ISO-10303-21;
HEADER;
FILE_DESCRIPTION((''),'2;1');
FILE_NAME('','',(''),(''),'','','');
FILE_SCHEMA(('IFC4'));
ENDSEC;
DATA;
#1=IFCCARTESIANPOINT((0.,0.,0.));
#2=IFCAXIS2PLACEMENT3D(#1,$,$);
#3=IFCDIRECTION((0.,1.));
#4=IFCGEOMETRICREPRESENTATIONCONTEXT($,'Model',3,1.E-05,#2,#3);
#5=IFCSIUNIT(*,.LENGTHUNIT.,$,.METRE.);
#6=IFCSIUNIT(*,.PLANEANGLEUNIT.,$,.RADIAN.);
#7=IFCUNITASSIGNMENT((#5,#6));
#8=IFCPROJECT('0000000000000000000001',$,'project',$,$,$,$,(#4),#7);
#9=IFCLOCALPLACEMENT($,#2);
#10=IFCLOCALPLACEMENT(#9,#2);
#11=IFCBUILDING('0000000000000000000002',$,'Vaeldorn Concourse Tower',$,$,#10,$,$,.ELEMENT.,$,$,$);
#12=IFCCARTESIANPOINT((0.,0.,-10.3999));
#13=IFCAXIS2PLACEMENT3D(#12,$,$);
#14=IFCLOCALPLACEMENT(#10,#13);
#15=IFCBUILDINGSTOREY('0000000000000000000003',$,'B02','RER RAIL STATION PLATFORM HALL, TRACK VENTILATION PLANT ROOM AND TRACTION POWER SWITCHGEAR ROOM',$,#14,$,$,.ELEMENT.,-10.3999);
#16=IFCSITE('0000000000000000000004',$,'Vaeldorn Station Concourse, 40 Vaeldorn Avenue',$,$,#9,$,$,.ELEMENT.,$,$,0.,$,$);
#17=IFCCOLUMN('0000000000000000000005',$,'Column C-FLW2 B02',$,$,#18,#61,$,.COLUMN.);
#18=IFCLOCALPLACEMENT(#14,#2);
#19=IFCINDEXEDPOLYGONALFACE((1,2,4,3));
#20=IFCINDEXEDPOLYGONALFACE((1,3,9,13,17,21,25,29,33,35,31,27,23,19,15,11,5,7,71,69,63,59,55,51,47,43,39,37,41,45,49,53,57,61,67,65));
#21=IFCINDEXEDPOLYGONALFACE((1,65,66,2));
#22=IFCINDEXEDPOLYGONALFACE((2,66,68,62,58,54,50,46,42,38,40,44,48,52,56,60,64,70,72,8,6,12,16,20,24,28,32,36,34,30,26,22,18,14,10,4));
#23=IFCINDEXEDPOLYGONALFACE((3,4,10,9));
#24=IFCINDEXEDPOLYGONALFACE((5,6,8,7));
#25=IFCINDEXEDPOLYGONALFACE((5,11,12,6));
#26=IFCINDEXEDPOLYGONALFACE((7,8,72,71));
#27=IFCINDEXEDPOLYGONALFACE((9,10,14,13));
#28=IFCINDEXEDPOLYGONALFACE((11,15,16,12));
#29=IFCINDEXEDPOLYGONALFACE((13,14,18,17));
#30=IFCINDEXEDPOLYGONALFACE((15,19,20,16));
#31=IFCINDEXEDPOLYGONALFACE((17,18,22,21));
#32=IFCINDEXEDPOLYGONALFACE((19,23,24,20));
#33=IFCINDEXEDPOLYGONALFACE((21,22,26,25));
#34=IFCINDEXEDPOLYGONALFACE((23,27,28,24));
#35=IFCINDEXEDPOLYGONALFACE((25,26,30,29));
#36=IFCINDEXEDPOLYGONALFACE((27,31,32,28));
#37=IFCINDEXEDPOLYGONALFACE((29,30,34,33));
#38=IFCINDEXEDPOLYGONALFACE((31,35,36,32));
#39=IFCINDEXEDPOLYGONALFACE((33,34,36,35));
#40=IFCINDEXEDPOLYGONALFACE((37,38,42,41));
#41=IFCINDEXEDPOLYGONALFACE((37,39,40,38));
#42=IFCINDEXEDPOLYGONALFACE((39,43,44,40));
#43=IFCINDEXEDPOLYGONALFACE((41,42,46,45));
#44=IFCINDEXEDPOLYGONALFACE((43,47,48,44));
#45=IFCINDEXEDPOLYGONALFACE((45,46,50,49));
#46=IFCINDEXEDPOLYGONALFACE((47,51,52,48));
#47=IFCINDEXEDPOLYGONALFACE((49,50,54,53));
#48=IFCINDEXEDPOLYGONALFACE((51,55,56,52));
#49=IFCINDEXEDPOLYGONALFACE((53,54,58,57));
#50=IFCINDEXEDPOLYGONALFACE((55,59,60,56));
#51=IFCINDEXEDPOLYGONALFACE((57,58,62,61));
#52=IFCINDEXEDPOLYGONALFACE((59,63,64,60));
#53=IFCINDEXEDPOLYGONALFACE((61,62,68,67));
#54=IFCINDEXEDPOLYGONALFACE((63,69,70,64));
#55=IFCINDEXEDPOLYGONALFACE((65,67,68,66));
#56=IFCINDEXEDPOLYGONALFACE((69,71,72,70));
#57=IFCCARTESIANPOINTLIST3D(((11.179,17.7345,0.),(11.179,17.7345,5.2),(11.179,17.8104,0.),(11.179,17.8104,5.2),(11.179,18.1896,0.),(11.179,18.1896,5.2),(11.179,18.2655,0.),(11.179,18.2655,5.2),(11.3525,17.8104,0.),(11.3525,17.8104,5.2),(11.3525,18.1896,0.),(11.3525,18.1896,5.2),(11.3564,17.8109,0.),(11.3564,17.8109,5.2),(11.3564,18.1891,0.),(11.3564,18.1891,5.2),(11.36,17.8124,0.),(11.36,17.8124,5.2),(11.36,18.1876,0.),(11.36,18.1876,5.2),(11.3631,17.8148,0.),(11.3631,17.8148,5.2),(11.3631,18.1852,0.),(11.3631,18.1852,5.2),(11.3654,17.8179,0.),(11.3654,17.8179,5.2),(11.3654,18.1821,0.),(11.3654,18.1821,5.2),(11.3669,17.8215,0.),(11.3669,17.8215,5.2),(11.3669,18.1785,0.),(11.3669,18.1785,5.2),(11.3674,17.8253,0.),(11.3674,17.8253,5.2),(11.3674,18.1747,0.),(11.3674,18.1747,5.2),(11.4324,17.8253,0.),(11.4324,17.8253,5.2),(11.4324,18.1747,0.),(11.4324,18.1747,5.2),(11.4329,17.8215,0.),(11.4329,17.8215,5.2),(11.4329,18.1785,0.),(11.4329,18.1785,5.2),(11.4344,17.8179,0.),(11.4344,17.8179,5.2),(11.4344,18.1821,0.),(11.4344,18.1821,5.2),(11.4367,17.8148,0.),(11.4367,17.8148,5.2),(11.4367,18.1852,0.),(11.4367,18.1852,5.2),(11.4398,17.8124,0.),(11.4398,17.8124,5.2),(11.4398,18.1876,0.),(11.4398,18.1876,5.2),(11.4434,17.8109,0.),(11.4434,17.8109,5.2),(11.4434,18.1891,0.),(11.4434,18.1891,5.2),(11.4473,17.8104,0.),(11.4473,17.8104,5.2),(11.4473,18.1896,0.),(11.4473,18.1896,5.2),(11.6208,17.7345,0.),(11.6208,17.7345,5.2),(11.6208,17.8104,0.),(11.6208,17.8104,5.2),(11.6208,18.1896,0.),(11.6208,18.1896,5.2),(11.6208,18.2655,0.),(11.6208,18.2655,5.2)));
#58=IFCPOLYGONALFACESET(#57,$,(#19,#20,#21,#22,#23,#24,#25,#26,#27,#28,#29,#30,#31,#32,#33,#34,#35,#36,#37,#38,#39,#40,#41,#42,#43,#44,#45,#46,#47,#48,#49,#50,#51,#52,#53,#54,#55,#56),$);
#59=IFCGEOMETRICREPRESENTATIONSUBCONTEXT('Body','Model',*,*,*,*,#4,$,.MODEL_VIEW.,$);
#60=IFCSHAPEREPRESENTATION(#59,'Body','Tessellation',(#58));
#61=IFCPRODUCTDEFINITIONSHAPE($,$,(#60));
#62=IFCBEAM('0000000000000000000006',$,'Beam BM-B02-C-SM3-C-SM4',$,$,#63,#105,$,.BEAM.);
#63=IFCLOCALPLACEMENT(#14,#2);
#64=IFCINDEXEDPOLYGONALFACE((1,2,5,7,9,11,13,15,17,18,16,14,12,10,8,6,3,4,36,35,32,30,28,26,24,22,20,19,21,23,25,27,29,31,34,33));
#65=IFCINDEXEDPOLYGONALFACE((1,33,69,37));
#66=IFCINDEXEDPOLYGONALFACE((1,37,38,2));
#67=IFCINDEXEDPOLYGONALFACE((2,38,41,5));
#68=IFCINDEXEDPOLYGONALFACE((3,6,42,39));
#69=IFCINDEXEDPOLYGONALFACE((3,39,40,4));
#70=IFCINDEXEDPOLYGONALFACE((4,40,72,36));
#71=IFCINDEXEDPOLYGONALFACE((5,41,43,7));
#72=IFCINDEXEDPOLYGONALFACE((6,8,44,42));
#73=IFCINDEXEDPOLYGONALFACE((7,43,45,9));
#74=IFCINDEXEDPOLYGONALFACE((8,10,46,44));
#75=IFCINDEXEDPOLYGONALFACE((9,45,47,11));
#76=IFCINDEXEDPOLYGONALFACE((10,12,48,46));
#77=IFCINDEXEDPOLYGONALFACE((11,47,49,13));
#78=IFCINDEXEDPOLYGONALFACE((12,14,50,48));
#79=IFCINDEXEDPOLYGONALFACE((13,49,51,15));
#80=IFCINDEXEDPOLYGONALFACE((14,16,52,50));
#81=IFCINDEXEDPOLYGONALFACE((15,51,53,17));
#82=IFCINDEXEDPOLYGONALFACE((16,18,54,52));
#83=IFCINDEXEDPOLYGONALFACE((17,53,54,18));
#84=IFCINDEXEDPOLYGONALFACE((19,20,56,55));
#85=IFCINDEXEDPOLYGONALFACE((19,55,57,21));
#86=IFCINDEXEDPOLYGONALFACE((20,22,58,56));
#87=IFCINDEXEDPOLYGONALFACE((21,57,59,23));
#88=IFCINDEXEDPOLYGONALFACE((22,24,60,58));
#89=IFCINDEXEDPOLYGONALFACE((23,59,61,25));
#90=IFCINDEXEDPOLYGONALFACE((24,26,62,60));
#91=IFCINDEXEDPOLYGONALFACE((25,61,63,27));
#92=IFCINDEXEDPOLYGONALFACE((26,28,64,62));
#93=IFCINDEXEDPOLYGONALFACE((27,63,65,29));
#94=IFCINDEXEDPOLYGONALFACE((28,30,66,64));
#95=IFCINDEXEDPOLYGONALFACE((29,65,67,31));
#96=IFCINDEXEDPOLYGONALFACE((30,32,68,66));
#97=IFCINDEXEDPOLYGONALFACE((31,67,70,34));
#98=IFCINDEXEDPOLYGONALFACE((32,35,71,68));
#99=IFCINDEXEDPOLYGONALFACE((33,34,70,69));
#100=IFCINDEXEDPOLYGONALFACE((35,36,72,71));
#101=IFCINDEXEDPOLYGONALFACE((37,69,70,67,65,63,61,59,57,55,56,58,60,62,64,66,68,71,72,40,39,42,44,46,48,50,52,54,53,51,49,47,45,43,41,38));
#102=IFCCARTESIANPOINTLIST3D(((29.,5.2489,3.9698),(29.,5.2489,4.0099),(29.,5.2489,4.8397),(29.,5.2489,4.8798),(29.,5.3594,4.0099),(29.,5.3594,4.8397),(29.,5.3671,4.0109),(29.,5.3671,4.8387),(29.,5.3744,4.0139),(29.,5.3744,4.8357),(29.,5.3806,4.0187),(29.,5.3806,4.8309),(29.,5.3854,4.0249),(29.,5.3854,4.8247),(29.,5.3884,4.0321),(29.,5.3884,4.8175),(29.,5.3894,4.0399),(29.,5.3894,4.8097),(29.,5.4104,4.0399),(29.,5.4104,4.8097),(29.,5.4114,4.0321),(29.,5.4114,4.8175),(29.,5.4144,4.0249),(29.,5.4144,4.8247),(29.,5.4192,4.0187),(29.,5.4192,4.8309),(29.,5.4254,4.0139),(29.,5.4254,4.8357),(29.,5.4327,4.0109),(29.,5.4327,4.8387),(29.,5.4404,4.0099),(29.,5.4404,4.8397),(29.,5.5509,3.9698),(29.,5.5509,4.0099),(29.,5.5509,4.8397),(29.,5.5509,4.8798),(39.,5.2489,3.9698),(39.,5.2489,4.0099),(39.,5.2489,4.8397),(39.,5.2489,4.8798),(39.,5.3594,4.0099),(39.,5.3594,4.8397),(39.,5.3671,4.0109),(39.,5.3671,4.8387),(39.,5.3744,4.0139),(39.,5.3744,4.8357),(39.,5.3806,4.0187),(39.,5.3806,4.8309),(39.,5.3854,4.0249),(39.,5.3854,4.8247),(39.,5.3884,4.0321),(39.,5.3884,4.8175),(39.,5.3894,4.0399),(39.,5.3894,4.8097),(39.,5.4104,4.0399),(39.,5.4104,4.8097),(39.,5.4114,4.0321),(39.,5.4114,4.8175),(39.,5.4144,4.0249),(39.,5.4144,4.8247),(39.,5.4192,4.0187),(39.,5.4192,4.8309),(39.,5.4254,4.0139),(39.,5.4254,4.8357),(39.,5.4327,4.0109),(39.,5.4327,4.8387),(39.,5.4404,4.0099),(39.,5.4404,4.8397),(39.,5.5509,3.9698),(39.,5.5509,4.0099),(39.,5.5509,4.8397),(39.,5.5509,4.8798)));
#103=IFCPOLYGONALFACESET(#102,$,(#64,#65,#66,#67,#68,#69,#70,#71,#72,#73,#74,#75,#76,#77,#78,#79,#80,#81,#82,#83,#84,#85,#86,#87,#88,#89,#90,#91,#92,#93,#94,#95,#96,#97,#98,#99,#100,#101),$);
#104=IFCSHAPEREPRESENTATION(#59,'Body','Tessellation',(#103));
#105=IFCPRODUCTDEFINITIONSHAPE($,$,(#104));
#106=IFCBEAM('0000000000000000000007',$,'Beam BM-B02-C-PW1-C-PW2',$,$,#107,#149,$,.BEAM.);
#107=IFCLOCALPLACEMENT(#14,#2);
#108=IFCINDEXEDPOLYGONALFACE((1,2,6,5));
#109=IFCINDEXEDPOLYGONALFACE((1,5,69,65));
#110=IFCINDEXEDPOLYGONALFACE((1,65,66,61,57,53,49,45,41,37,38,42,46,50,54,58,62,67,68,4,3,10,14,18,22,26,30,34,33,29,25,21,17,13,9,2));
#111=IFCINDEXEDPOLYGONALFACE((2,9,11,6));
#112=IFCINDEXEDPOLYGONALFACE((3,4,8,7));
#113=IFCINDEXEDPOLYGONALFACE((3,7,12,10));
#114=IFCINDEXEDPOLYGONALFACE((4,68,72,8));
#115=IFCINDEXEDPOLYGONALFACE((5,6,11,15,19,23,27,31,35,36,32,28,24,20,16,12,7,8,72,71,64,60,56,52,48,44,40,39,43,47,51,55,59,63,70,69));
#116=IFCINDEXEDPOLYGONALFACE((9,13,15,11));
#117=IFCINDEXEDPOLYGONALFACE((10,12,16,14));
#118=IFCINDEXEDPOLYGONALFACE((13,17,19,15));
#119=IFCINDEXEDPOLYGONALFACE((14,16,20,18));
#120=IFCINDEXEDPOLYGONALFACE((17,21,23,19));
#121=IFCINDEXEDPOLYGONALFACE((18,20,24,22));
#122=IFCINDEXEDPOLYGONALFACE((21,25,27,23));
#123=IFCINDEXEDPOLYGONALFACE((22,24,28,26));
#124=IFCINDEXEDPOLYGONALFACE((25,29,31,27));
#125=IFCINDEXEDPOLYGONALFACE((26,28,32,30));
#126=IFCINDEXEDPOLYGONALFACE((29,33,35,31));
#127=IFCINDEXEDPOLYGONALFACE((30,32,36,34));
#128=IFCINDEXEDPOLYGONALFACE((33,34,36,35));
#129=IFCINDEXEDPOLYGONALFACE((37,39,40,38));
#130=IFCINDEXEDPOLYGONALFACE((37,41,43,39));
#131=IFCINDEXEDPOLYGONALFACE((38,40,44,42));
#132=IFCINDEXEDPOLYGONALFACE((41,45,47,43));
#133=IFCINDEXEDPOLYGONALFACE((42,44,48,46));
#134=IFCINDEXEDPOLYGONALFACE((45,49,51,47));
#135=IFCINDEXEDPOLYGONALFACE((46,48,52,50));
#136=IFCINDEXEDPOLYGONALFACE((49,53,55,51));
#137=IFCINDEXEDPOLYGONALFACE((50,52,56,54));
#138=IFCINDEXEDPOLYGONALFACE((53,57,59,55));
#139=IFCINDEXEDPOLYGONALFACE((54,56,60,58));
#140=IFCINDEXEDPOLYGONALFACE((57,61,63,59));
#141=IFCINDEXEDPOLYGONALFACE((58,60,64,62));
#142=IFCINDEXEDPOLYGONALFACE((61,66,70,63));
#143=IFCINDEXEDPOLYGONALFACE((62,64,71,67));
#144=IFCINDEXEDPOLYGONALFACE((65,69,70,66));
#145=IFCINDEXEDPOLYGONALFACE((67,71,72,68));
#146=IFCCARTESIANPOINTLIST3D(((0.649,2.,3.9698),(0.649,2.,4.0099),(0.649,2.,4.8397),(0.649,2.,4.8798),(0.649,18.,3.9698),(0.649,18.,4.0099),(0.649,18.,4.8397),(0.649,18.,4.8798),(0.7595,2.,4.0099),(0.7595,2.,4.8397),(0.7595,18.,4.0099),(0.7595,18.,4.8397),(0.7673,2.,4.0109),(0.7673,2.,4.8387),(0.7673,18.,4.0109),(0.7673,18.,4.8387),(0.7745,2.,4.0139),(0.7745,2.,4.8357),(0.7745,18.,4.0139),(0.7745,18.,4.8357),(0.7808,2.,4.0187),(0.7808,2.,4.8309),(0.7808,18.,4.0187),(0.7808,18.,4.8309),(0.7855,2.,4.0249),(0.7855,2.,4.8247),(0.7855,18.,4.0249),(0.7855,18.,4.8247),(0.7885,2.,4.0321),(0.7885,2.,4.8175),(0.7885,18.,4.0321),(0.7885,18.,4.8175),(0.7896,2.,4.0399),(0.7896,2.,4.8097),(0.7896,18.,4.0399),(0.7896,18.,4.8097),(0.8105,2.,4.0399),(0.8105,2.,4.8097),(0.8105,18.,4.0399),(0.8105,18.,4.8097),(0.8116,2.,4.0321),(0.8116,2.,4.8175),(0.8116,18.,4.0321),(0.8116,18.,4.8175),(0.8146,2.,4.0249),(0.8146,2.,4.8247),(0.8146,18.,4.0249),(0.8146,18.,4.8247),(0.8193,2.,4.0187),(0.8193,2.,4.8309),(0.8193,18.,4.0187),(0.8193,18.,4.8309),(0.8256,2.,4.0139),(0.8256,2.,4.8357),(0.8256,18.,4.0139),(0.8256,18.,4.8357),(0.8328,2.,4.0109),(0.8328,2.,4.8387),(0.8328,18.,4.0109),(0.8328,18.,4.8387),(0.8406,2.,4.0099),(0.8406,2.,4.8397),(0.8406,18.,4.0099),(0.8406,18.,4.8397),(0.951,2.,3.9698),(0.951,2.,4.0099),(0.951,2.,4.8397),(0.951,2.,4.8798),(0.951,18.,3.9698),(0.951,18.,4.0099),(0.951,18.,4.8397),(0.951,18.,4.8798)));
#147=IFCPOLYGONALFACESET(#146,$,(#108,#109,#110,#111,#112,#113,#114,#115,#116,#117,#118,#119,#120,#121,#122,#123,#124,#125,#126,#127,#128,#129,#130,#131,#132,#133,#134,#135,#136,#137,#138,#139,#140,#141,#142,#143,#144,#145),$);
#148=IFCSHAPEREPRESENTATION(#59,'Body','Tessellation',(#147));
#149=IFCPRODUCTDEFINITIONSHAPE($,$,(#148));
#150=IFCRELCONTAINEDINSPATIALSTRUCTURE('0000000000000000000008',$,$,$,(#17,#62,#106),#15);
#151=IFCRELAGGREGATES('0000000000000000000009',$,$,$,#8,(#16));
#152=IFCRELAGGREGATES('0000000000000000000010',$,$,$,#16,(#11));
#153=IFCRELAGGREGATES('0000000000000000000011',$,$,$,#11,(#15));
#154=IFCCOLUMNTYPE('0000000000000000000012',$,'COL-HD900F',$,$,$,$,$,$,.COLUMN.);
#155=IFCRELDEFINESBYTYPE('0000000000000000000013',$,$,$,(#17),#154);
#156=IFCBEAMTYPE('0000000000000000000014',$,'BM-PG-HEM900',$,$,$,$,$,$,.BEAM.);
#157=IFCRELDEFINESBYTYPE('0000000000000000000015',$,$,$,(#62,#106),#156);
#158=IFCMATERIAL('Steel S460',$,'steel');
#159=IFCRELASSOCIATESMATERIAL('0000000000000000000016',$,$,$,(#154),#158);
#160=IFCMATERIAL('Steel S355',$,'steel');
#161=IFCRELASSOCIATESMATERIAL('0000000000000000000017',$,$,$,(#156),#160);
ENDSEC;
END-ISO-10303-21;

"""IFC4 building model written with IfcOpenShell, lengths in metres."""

from ifc_helpers import new_model, si_unit, direction, frame, origin, origin_2d, place, context, subcontext, project, spatial, i_section, extrude, source, transform, mapped, material, material_profile, profile_set, type_object, element, save


model = new_model("IFC4")

# Units and contexts
model_context = context("Model", 3, precision=1e-05, world=origin(), true_north=direction((0.0, 1.0)))
body_context = subcontext(model_context, "Body", "Model", "MODEL_VIEW")
ifc_project = project(units=[si_unit("LENGTHUNIT", "METRE"), si_unit("PLANEANGLEUNIT", "RADIAN")], contexts=[model_context])

# Site, building, storey
site_placement = place(None, origin())
site = spatial("IfcSite", under=ifc_project, at=site_placement, Name="Vaeldorn Station Concourse, 40 Vaeldorn Avenue", CompositionType="ELEMENT", RefElevation=0.0)
building_placement = place(site_placement, origin())
building = spatial("IfcBuilding", under=site, at=building_placement, Name="Vaeldorn Concourse Tower", CompositionType="ELEMENT")
storey_placement = place(building_placement, frame((0.0, 0.0, -10.3999)))
storey = spatial("IfcBuildingStorey", under=building, at=storey_placement, Name="B02", Description="RER RAIL STATION PLATFORM HALL, TRACK VENTILATION PLANT ROOM AND TRACTION POWER SWITCHGEAR ROOM", CompositionType="ELEMENT", Elevation=-10.3999)

# Column
ifc_material_1 = material(Name="Steel S460", Category="steel")
ifc_material_profile_1 = material_profile(ifc_material_1, i_section(OverallWidth=0.4419, OverallDepth=0.531, WebThickness=0.0649, FlangeThickness=0.0759, FilletRadius=0.0149, at=origin_2d()), Name="HD 400x900")
ifc_profile_set_1 = profile_set([ifc_material_profile_1], Name="Steel S460")
column_type_1 = type_object("IfcColumnType", Name="COL-HD900F", PredefinedType="COLUMN", material=ifc_profile_set_1)
shared_shape_1 = source(origin(), body_context, "Body", "SweptSolid", [
    extrude(i_section(OverallWidth=0.4419, OverallDepth=0.531, WebThickness=0.0649, FlangeThickness=0.0759, FilletRadius=0.0149, at=origin_2d()), origin(), (0.0, 0.0, 1.0), 5.2),
])
for number, where, z_axis, x_axis, name in (
    (1, (11.3999, 18.0, 0.0), (0.0, 0.0, 1.0), (1.0, 0.0, 0.0), "Column C-FLW2 B02"),
):
    element("IfcColumn", number, at=place(storey_placement, frame(where, z_axis=z_axis, x_axis=x_axis)), inside=storey, type_object=column_type_1, Name=name, PredefinedType="COLUMN", context=body_context, shape_type="MappedRepresentation", body=[
        mapped(shared_shape_1, transform((0.0, 0.0, 0.0), scale=1.0)),
    ])

# Beams
ifc_material_2 = material(Name="Steel S355", Category="steel")
ifc_material_profile_2 = material_profile(ifc_material_2, i_section(OverallWidth=0.302, OverallDepth=0.9099, WebThickness=0.021, FlangeThickness=0.04, FilletRadius=0.03, at=origin_2d()), Name="HEM 900")
ifc_profile_set_2 = profile_set([ifc_material_profile_2], Name="Steel S355")
beam_type_1 = type_object("IfcBeamType", Name="BM-PG-HEM900", PredefinedType="BEAM", material=ifc_profile_set_2)
shared_shape_2 = source(origin(), body_context, "Body", "SweptSolid", [
    extrude(i_section(OverallWidth=0.302, OverallDepth=0.9099, WebThickness=0.021, FlangeThickness=0.04, FilletRadius=0.03, at=origin_2d()), origin(), (0.0, 0.0, 1.0), 10.0),
])
beam_1_placement = place(storey_placement, frame((29.0, 5.3999, 4.4248), z_axis=(1.0, 0.0, 0.0), x_axis=(0.0, 1.0, 0.0)))
element("IfcBeam", 2, at=beam_1_placement, inside=storey, type_object=beam_type_1, Name="Beam BM-B02-C-SM3-C-SM4", PredefinedType="BEAM", context=body_context, shape_type="MappedRepresentation", body=[
    mapped(shared_shape_2, transform((0.0, 0.0, 0.0), scale=1.0)),
])
shared_shape_3 = source(origin(), body_context, "Body", "SweptSolid", [
    extrude(i_section(OverallWidth=0.302, OverallDepth=0.9099, WebThickness=0.021, FlangeThickness=0.04, FilletRadius=0.03, at=origin_2d()), origin(), (0.0, 0.0, 1.0), 16.0),
])
beam_2_placement = place(storey_placement, frame((0.8, 2.0, 4.4248), z_axis=(0.0, 1.0, 0.0), x_axis=(-1.0, 0.0, 0.0)))
element("IfcBeam", 3, at=beam_2_placement, inside=storey, type_object=beam_type_1, Name="Beam BM-B02-C-PW1-C-PW2", PredefinedType="BEAM", context=body_context, shape_type="MappedRepresentation", body=[
    mapped(shared_shape_3, transform((0.0, 0.0, 0.0), scale=1.0)),
])

save(model, "model.ifc")
